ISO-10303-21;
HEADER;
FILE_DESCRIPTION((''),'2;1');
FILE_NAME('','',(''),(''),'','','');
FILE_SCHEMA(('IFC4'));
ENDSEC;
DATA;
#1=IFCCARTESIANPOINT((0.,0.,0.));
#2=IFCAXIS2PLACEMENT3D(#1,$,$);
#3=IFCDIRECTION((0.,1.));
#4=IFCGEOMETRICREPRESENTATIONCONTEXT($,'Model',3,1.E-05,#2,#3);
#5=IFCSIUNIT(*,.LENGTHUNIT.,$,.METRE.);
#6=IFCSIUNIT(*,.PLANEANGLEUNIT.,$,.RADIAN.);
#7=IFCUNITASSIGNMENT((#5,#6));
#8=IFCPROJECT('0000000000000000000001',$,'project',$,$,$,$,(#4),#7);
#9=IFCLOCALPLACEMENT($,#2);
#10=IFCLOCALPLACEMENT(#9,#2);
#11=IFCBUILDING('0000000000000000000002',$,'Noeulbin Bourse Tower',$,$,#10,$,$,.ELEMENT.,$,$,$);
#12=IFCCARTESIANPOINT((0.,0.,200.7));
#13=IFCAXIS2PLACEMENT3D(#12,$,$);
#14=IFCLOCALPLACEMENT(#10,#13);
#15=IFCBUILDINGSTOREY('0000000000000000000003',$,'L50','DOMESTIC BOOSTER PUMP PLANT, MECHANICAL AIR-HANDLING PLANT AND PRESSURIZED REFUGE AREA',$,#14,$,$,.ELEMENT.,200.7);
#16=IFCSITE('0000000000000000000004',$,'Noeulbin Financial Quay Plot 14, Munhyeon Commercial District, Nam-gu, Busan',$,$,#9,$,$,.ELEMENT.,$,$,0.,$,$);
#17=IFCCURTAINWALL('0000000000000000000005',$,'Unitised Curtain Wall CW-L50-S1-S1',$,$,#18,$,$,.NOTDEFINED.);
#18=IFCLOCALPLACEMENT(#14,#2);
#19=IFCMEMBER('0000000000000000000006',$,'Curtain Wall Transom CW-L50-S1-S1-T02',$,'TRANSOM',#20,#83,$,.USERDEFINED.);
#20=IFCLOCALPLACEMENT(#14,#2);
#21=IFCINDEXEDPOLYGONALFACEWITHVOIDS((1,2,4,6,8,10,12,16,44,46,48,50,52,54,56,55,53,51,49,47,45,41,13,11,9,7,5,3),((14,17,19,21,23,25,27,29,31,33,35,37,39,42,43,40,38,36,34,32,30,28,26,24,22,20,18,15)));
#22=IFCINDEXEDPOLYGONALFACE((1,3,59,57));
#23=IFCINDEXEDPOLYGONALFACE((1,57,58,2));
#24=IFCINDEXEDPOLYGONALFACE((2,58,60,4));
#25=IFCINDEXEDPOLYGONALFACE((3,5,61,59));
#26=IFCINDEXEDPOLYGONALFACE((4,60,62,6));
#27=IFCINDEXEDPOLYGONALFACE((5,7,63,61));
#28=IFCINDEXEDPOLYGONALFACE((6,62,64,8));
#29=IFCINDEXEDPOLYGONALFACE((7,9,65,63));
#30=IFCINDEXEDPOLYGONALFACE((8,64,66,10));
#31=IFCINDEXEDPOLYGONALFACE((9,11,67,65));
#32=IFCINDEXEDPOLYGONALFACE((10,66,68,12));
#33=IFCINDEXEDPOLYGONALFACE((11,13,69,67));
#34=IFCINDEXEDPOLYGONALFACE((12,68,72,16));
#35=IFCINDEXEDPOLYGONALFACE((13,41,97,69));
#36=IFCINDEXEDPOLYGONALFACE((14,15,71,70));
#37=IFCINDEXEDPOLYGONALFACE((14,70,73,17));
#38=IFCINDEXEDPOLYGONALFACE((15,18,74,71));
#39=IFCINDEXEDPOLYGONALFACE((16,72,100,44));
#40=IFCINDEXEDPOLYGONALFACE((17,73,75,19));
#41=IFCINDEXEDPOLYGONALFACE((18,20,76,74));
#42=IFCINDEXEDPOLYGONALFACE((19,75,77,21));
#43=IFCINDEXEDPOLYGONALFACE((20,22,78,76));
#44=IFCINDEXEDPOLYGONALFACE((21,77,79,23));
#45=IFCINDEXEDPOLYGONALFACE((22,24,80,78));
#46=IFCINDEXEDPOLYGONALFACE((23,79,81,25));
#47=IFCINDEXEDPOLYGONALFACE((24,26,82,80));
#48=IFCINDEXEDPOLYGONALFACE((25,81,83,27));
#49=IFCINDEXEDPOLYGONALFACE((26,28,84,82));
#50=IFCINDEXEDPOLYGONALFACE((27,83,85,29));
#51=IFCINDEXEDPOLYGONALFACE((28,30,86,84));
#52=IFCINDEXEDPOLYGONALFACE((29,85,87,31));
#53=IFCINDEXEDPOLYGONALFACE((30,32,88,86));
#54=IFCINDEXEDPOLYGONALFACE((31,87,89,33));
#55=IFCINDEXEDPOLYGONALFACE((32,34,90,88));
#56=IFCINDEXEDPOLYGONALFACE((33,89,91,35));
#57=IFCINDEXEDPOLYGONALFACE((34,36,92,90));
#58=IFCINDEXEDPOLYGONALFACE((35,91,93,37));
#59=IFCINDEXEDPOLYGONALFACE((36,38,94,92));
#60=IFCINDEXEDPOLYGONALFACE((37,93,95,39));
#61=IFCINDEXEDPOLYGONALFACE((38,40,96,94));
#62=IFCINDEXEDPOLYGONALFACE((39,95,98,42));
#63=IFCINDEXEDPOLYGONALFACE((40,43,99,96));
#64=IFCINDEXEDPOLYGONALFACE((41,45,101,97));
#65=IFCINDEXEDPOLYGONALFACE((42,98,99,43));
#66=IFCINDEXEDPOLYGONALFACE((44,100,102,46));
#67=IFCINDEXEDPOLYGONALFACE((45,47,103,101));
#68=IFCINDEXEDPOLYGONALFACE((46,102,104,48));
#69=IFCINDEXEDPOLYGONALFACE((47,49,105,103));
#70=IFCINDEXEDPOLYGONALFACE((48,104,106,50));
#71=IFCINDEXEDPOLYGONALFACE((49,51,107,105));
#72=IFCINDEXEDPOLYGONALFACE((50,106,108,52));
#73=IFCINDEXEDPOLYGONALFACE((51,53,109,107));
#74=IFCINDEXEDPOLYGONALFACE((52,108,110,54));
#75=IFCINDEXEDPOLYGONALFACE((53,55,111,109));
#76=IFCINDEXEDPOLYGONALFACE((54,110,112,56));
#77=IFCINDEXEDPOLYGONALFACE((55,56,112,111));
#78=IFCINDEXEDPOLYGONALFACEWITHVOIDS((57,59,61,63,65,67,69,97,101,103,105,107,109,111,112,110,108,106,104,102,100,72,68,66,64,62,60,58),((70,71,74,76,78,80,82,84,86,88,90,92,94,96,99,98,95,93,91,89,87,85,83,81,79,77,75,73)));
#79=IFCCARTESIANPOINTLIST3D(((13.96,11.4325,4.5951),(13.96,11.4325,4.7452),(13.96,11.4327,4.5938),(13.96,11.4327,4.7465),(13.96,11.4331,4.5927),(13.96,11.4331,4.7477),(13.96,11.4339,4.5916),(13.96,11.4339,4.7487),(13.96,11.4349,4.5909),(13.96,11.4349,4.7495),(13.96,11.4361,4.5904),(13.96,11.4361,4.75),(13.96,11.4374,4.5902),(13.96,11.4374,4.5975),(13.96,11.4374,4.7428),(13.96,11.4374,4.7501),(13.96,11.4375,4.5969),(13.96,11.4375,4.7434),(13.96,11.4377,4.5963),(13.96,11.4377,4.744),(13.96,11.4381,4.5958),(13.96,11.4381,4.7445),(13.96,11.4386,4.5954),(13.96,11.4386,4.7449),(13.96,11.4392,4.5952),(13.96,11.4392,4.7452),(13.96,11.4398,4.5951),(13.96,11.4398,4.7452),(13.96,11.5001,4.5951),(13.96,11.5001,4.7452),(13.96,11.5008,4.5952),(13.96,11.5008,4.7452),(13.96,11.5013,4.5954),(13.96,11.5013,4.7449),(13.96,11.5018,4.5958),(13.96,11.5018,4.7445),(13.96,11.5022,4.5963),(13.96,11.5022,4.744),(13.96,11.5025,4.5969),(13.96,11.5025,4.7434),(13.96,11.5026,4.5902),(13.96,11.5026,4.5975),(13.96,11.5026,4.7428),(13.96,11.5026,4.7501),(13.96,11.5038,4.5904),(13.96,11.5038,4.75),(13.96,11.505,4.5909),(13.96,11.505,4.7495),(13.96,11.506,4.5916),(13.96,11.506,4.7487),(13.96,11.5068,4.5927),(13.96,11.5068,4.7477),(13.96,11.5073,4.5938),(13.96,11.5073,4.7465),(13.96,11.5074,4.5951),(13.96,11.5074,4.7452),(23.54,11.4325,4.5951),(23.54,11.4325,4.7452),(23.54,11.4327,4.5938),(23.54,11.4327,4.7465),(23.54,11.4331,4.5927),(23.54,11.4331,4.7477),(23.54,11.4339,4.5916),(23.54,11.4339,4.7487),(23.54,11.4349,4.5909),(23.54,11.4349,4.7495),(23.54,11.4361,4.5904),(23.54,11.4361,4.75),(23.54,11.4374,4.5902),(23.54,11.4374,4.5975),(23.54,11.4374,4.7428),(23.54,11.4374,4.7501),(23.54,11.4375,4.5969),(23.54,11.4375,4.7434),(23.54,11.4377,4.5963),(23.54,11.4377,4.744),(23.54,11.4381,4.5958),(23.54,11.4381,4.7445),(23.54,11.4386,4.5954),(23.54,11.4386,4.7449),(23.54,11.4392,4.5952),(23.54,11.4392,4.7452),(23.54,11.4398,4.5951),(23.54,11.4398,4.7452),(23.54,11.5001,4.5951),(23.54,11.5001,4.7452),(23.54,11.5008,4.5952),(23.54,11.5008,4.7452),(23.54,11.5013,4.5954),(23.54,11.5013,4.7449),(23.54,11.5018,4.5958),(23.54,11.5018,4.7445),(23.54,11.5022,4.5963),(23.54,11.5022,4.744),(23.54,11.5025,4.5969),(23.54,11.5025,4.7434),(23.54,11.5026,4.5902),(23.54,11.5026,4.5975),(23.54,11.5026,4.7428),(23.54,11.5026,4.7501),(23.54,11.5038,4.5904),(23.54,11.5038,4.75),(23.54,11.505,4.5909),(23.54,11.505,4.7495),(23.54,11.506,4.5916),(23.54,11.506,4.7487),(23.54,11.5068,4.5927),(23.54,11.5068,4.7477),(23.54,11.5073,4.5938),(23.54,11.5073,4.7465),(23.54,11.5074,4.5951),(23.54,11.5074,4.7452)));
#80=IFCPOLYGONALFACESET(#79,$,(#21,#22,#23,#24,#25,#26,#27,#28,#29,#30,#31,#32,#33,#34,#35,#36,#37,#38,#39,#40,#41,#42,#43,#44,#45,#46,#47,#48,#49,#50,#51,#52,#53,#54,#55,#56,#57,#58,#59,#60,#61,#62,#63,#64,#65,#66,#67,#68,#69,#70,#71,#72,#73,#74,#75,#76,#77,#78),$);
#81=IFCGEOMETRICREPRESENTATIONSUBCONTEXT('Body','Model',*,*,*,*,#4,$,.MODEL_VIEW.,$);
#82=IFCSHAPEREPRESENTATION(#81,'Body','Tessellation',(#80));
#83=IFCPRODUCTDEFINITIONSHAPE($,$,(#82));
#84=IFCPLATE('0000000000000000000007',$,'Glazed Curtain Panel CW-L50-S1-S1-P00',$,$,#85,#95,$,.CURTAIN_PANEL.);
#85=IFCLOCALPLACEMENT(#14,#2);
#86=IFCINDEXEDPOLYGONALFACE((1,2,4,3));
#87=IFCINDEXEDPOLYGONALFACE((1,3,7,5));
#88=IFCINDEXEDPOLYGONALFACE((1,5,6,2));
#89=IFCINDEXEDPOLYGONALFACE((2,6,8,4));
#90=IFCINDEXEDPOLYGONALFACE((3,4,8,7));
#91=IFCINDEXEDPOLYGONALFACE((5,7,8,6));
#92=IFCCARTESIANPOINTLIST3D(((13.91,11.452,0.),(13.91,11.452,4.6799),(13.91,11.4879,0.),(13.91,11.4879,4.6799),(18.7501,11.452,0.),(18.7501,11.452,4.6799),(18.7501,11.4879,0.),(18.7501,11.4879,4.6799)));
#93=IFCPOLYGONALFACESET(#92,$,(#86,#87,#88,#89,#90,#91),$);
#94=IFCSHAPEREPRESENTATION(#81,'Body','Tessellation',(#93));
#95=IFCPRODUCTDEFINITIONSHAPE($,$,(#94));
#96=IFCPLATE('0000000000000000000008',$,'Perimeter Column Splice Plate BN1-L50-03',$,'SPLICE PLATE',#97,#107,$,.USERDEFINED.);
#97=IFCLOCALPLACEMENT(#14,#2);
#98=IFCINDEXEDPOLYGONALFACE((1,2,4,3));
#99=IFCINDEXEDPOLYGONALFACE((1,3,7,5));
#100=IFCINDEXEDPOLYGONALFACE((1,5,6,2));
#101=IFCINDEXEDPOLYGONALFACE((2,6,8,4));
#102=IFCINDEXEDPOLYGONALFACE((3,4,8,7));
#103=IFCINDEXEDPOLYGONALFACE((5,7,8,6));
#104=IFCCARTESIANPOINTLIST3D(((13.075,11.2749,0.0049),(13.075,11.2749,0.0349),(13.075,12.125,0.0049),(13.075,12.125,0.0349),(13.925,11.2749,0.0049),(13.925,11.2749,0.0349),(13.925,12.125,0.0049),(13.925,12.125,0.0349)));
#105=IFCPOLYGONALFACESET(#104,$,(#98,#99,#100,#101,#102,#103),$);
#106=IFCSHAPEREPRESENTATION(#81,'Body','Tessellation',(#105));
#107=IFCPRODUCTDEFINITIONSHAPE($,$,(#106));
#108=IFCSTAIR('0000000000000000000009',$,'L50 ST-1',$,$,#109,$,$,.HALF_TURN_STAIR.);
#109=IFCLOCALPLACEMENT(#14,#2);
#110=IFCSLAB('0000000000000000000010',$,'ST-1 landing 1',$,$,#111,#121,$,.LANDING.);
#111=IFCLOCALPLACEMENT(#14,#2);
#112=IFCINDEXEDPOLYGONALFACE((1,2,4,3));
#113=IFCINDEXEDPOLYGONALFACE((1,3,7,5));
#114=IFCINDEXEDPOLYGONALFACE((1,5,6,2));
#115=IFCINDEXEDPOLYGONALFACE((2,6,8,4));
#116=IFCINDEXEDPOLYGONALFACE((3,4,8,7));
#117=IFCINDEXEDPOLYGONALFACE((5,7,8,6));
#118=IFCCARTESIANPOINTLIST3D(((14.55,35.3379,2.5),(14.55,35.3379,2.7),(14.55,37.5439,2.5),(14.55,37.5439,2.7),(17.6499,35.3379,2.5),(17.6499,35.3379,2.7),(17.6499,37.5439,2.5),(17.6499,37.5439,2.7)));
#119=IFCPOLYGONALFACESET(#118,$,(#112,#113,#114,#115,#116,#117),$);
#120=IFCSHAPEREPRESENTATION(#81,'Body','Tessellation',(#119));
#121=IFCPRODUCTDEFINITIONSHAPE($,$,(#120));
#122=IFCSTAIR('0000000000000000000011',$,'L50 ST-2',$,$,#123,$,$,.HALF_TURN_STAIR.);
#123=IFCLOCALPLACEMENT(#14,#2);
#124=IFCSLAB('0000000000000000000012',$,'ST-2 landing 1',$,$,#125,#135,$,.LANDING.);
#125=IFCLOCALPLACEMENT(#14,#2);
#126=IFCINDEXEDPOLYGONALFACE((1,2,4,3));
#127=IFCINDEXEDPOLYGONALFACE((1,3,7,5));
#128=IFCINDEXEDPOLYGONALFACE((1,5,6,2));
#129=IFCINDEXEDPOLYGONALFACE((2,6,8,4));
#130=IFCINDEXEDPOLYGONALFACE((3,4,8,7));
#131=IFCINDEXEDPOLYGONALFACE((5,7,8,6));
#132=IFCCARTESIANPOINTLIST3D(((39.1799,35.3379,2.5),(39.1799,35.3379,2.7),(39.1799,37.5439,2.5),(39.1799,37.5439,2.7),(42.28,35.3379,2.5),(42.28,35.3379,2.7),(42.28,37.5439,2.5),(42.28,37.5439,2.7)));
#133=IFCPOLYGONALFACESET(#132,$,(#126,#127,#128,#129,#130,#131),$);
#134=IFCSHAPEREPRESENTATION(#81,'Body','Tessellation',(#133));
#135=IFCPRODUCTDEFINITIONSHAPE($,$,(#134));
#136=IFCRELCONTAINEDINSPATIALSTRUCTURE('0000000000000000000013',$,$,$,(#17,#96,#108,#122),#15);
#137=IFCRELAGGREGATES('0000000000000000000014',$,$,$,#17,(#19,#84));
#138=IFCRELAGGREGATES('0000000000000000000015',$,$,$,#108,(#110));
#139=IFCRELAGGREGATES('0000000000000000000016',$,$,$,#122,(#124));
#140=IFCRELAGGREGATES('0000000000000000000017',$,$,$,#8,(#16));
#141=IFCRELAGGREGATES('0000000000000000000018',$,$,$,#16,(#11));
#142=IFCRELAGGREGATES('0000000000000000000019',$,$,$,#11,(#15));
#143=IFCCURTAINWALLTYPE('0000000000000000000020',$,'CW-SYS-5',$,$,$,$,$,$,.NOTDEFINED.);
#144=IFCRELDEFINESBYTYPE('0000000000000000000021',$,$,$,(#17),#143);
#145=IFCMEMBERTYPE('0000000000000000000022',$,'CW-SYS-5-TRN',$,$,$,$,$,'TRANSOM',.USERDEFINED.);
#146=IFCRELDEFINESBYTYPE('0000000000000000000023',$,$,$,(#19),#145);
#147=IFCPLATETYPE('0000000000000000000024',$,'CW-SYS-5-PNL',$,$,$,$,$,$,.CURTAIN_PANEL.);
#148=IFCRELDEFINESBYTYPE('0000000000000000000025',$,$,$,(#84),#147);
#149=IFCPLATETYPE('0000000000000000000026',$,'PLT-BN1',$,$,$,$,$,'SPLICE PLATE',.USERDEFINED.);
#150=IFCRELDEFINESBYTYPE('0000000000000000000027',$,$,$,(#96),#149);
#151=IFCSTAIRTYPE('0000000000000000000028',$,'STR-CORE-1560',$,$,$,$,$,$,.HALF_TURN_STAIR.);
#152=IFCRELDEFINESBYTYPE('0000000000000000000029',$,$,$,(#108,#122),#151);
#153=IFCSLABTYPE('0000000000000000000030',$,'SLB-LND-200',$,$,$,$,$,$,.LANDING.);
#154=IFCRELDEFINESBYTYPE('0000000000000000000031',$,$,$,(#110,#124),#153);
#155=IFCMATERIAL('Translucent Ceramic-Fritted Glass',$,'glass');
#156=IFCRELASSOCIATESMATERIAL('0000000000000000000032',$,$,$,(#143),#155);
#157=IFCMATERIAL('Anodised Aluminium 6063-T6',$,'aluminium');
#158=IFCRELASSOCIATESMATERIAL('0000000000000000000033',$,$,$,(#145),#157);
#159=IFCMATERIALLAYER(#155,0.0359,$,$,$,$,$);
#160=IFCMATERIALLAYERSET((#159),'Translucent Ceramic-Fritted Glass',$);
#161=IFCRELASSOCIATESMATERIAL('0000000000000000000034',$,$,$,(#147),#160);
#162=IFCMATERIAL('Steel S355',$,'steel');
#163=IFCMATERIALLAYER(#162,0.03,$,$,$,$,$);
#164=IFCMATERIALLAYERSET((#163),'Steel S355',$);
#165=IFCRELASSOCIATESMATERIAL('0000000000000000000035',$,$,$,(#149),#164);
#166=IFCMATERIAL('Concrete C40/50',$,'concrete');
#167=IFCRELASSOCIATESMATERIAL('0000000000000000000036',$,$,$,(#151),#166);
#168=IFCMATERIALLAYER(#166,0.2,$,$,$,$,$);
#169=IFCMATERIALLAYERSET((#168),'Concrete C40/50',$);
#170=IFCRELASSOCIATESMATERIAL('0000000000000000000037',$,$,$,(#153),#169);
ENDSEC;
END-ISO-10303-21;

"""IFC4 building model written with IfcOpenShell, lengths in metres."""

from ifc_helpers import new_model, si_unit, direction, frame, origin, origin_2d, place, context, subcontext, project, spatial, polyline, rectangle, hollow_rectangle, outline, extrude, material, layer, layer_set, material_profile, profile_set, type_object, element, aggregate, save


model = new_model("IFC4")

# Units and contexts
model_context = context("Model", 3, precision=1e-05, world=origin(), true_north=direction((0.0, 1.0)))
body_context = subcontext(model_context, "Body", "Model", "MODEL_VIEW")
ifc_project = project(units=[si_unit("LENGTHUNIT", "METRE"), si_unit("PLANEANGLEUNIT", "RADIAN")], contexts=[model_context])

# Site, building, storey
site_placement = place(None, origin())
site = spatial("IfcSite", under=ifc_project, at=site_placement, Name="Noeulbin Financial Quay Plot 14, Munhyeon Commercial District, Nam-gu, Busan", CompositionType="ELEMENT", RefElevation=0.0)
building_placement = place(site_placement, origin())
building = spatial("IfcBuilding", under=site, at=building_placement, Name="Noeulbin Bourse Tower", CompositionType="ELEMENT")
storey_placement = place(building_placement, frame((0.0, 0.0, 200.7)))
storey = spatial("IfcBuildingStorey", under=building, at=storey_placement, Name="L50", Description="DOMESTIC BOOSTER PUMP PLANT, MECHANICAL AIR-HANDLING PLANT AND PRESSURIZED REFUGE AREA", CompositionType="ELEMENT", Elevation=200.7)

# Shared definitions
ifc_material_1 = material(Name="Steel S355", Category="steel")

# Curtain wall, member, plate
ifc_material_2 = material(Name="Translucent Ceramic-Fritted Glass", Category="glass")
curtain_wall_type = type_object("IfcCurtainWallType", Name="CW-SYS-5", PredefinedType="NOTDEFINED", material=ifc_material_2)
curtain_wall_placement = place(storey_placement, origin())
curtain_wall = element("IfcCurtainWall", 1, at=curtain_wall_placement, inside=storey, type_object=curtain_wall_type, Name="Unitised Curtain Wall CW-L50-S1-S1", PredefinedType="NOTDEFINED")
ifc_material_3 = material(Name="Anodised Aluminium 6063-T6", Category="aluminium")
ifc_material_profile_1 = material_profile(ifc_material_3, hollow_rectangle(XDim=0.075, YDim=0.1599, WallThickness=0.0049, InnerFilletRadius=0.0024, OuterFilletRadius=0.0049, at=origin_2d()), Name="ALU-TRAN-75x160x5", Category="LoadBearing")
ifc_profile_set_1 = profile_set([ifc_material_profile_1], Name="Anodised Aluminium 6063-T6")
member_type_1 = type_object("IfcMemberType", Name="CW-SYS-5-TRN", ElementType="TRANSOM", PredefinedType="USERDEFINED", material=ifc_profile_set_1)
member_1_placement = place(storey_placement, frame((13.96, 11.47, 4.6702), z_axis=(1.0, 0.0, 0.0), x_axis=(0.0, 1.0, 0.0)))
member_1 = element("IfcMember", 2, at=member_1_placement, type_object=member_type_1, Name="Curtain Wall Transom CW-L50-S1-S1-T02", ObjectType="TRANSOM", PredefinedType="USERDEFINED", context=body_context, shape_type="SweptSolid", body=[
    extrude(hollow_rectangle(XDim=0.075, YDim=0.1599, WallThickness=0.0049, InnerFilletRadius=0.0024, OuterFilletRadius=0.0049, at=origin_2d()), origin(), (0.0, 0.0, 1.0), 9.5801),
])
ifc_layer_1 = layer(ifc_material_2, 0.0359)
ifc_layer_set_1 = layer_set([ifc_layer_1], Name="Translucent Ceramic-Fritted Glass")
plate_type_1 = type_object("IfcPlateType", Name="CW-SYS-5-PNL", PredefinedType="CURTAIN_PANEL", material=ifc_layer_set_1)
plate_1_placement = place(storey_placement, frame((16.3301, 11.47, 0.0), z_axis=(0.0, 0.0, 1.0), x_axis=(1.0, 0.0, 0.0)))
plate_1 = element("IfcPlate", 3, at=plate_1_placement, type_object=plate_type_1, Name="Glazed Curtain Panel CW-L50-S1-S1-P00", PredefinedType="CURTAIN_PANEL", context=body_context, shape_type="SweptSolid", body=[
    extrude(rectangle(XDim=4.8401, YDim=0.0359, at=origin_2d()), origin(), (0.0, 0.0, 1.0), 4.6799),
])
aggregate(curtain_wall, [member_1, plate_1])

# Plate
ifc_layer_2 = layer(ifc_material_1, 0.03)
ifc_layer_set_2 = layer_set([ifc_layer_2], Name="Steel S355")
plate_type_2 = type_object("IfcPlateType", Name="PLT-BN1", ElementType="SPLICE PLATE", PredefinedType="USERDEFINED", material=ifc_layer_set_2)
plate_2_placement = place(storey_placement, frame((13.5, 11.7, 0.0049), z_axis=(0.0, 0.0, 1.0), x_axis=(1.0, 0.0, 0.0)))
element("IfcPlate", 4, at=plate_2_placement, inside=storey, type_object=plate_type_2, Name="Perimeter Column Splice Plate BN1-L50-03", ObjectType="SPLICE PLATE", PredefinedType="USERDEFINED", context=body_context, shape_type="SweptSolid", body=[
    extrude(rectangle(XDim=0.8501, YDim=0.8501, at=origin_2d()), origin(), (0.0, 0.0, 1.0), 0.03),
])

# Stairs, slabs
ifc_material_4 = material(Name="Concrete C40/50", Category="concrete")
stair_type = type_object("IfcStairType", Name="STR-CORE-1560", PredefinedType="HALF_TURN_STAIR", material=ifc_material_4)
stair_1_placement = place(storey_placement, origin())
stair_1 = element("IfcStair", 5, at=stair_1_placement, inside=storey, type_object=stair_type, Name="L50 ST-1", PredefinedType="HALF_TURN_STAIR")
ifc_layer_3 = layer(ifc_material_4, 0.2)
ifc_layer_set_3 = layer_set([ifc_layer_3], Name="Concrete C40/50")
slab_type_1 = type_object("IfcSlabType", Name="SLB-LND-200", PredefinedType="LANDING", material=ifc_layer_set_3)
slab_1_placement = place(storey_placement, frame((0.0, 0.0, 2.5)))
slab_1 = element("IfcSlab", 6, at=slab_1_placement, type_object=slab_type_1, Name="ST-1 landing 1", PredefinedType="LANDING", context=body_context, shape_type="SweptSolid", body=[
    extrude(outline(polyline([(17.6499, 35.3379), (17.6499, 37.5439), (14.55, 37.5439), (14.55, 35.3379), (17.6499, 35.3379)])), origin(), (0.0, 0.0, 1.0), 0.2),
])
aggregate(stair_1, [slab_1])
stair_2_placement = place(storey_placement, origin())
stair_2 = element("IfcStair", 7, at=stair_2_placement, inside=storey, type_object=stair_type, Name="L50 ST-2", PredefinedType="HALF_TURN_STAIR")
slab_2_placement = place(storey_placement, frame((0.0, 0.0, 2.5)))
slab_2 = element("IfcSlab", 8, at=slab_2_placement, type_object=slab_type_1, Name="ST-2 landing 1", PredefinedType="LANDING", context=body_context, shape_type="SweptSolid", body=[
    extrude(outline(polyline([(42.28, 35.3379), (42.28, 37.5439), (39.1799, 37.5439), (39.1799, 35.3379), (42.28, 35.3379)])), origin(), (0.0, 0.0, 1.0), 0.2),
])
aggregate(stair_2, [slab_2])

save(model, "model.ifc")
